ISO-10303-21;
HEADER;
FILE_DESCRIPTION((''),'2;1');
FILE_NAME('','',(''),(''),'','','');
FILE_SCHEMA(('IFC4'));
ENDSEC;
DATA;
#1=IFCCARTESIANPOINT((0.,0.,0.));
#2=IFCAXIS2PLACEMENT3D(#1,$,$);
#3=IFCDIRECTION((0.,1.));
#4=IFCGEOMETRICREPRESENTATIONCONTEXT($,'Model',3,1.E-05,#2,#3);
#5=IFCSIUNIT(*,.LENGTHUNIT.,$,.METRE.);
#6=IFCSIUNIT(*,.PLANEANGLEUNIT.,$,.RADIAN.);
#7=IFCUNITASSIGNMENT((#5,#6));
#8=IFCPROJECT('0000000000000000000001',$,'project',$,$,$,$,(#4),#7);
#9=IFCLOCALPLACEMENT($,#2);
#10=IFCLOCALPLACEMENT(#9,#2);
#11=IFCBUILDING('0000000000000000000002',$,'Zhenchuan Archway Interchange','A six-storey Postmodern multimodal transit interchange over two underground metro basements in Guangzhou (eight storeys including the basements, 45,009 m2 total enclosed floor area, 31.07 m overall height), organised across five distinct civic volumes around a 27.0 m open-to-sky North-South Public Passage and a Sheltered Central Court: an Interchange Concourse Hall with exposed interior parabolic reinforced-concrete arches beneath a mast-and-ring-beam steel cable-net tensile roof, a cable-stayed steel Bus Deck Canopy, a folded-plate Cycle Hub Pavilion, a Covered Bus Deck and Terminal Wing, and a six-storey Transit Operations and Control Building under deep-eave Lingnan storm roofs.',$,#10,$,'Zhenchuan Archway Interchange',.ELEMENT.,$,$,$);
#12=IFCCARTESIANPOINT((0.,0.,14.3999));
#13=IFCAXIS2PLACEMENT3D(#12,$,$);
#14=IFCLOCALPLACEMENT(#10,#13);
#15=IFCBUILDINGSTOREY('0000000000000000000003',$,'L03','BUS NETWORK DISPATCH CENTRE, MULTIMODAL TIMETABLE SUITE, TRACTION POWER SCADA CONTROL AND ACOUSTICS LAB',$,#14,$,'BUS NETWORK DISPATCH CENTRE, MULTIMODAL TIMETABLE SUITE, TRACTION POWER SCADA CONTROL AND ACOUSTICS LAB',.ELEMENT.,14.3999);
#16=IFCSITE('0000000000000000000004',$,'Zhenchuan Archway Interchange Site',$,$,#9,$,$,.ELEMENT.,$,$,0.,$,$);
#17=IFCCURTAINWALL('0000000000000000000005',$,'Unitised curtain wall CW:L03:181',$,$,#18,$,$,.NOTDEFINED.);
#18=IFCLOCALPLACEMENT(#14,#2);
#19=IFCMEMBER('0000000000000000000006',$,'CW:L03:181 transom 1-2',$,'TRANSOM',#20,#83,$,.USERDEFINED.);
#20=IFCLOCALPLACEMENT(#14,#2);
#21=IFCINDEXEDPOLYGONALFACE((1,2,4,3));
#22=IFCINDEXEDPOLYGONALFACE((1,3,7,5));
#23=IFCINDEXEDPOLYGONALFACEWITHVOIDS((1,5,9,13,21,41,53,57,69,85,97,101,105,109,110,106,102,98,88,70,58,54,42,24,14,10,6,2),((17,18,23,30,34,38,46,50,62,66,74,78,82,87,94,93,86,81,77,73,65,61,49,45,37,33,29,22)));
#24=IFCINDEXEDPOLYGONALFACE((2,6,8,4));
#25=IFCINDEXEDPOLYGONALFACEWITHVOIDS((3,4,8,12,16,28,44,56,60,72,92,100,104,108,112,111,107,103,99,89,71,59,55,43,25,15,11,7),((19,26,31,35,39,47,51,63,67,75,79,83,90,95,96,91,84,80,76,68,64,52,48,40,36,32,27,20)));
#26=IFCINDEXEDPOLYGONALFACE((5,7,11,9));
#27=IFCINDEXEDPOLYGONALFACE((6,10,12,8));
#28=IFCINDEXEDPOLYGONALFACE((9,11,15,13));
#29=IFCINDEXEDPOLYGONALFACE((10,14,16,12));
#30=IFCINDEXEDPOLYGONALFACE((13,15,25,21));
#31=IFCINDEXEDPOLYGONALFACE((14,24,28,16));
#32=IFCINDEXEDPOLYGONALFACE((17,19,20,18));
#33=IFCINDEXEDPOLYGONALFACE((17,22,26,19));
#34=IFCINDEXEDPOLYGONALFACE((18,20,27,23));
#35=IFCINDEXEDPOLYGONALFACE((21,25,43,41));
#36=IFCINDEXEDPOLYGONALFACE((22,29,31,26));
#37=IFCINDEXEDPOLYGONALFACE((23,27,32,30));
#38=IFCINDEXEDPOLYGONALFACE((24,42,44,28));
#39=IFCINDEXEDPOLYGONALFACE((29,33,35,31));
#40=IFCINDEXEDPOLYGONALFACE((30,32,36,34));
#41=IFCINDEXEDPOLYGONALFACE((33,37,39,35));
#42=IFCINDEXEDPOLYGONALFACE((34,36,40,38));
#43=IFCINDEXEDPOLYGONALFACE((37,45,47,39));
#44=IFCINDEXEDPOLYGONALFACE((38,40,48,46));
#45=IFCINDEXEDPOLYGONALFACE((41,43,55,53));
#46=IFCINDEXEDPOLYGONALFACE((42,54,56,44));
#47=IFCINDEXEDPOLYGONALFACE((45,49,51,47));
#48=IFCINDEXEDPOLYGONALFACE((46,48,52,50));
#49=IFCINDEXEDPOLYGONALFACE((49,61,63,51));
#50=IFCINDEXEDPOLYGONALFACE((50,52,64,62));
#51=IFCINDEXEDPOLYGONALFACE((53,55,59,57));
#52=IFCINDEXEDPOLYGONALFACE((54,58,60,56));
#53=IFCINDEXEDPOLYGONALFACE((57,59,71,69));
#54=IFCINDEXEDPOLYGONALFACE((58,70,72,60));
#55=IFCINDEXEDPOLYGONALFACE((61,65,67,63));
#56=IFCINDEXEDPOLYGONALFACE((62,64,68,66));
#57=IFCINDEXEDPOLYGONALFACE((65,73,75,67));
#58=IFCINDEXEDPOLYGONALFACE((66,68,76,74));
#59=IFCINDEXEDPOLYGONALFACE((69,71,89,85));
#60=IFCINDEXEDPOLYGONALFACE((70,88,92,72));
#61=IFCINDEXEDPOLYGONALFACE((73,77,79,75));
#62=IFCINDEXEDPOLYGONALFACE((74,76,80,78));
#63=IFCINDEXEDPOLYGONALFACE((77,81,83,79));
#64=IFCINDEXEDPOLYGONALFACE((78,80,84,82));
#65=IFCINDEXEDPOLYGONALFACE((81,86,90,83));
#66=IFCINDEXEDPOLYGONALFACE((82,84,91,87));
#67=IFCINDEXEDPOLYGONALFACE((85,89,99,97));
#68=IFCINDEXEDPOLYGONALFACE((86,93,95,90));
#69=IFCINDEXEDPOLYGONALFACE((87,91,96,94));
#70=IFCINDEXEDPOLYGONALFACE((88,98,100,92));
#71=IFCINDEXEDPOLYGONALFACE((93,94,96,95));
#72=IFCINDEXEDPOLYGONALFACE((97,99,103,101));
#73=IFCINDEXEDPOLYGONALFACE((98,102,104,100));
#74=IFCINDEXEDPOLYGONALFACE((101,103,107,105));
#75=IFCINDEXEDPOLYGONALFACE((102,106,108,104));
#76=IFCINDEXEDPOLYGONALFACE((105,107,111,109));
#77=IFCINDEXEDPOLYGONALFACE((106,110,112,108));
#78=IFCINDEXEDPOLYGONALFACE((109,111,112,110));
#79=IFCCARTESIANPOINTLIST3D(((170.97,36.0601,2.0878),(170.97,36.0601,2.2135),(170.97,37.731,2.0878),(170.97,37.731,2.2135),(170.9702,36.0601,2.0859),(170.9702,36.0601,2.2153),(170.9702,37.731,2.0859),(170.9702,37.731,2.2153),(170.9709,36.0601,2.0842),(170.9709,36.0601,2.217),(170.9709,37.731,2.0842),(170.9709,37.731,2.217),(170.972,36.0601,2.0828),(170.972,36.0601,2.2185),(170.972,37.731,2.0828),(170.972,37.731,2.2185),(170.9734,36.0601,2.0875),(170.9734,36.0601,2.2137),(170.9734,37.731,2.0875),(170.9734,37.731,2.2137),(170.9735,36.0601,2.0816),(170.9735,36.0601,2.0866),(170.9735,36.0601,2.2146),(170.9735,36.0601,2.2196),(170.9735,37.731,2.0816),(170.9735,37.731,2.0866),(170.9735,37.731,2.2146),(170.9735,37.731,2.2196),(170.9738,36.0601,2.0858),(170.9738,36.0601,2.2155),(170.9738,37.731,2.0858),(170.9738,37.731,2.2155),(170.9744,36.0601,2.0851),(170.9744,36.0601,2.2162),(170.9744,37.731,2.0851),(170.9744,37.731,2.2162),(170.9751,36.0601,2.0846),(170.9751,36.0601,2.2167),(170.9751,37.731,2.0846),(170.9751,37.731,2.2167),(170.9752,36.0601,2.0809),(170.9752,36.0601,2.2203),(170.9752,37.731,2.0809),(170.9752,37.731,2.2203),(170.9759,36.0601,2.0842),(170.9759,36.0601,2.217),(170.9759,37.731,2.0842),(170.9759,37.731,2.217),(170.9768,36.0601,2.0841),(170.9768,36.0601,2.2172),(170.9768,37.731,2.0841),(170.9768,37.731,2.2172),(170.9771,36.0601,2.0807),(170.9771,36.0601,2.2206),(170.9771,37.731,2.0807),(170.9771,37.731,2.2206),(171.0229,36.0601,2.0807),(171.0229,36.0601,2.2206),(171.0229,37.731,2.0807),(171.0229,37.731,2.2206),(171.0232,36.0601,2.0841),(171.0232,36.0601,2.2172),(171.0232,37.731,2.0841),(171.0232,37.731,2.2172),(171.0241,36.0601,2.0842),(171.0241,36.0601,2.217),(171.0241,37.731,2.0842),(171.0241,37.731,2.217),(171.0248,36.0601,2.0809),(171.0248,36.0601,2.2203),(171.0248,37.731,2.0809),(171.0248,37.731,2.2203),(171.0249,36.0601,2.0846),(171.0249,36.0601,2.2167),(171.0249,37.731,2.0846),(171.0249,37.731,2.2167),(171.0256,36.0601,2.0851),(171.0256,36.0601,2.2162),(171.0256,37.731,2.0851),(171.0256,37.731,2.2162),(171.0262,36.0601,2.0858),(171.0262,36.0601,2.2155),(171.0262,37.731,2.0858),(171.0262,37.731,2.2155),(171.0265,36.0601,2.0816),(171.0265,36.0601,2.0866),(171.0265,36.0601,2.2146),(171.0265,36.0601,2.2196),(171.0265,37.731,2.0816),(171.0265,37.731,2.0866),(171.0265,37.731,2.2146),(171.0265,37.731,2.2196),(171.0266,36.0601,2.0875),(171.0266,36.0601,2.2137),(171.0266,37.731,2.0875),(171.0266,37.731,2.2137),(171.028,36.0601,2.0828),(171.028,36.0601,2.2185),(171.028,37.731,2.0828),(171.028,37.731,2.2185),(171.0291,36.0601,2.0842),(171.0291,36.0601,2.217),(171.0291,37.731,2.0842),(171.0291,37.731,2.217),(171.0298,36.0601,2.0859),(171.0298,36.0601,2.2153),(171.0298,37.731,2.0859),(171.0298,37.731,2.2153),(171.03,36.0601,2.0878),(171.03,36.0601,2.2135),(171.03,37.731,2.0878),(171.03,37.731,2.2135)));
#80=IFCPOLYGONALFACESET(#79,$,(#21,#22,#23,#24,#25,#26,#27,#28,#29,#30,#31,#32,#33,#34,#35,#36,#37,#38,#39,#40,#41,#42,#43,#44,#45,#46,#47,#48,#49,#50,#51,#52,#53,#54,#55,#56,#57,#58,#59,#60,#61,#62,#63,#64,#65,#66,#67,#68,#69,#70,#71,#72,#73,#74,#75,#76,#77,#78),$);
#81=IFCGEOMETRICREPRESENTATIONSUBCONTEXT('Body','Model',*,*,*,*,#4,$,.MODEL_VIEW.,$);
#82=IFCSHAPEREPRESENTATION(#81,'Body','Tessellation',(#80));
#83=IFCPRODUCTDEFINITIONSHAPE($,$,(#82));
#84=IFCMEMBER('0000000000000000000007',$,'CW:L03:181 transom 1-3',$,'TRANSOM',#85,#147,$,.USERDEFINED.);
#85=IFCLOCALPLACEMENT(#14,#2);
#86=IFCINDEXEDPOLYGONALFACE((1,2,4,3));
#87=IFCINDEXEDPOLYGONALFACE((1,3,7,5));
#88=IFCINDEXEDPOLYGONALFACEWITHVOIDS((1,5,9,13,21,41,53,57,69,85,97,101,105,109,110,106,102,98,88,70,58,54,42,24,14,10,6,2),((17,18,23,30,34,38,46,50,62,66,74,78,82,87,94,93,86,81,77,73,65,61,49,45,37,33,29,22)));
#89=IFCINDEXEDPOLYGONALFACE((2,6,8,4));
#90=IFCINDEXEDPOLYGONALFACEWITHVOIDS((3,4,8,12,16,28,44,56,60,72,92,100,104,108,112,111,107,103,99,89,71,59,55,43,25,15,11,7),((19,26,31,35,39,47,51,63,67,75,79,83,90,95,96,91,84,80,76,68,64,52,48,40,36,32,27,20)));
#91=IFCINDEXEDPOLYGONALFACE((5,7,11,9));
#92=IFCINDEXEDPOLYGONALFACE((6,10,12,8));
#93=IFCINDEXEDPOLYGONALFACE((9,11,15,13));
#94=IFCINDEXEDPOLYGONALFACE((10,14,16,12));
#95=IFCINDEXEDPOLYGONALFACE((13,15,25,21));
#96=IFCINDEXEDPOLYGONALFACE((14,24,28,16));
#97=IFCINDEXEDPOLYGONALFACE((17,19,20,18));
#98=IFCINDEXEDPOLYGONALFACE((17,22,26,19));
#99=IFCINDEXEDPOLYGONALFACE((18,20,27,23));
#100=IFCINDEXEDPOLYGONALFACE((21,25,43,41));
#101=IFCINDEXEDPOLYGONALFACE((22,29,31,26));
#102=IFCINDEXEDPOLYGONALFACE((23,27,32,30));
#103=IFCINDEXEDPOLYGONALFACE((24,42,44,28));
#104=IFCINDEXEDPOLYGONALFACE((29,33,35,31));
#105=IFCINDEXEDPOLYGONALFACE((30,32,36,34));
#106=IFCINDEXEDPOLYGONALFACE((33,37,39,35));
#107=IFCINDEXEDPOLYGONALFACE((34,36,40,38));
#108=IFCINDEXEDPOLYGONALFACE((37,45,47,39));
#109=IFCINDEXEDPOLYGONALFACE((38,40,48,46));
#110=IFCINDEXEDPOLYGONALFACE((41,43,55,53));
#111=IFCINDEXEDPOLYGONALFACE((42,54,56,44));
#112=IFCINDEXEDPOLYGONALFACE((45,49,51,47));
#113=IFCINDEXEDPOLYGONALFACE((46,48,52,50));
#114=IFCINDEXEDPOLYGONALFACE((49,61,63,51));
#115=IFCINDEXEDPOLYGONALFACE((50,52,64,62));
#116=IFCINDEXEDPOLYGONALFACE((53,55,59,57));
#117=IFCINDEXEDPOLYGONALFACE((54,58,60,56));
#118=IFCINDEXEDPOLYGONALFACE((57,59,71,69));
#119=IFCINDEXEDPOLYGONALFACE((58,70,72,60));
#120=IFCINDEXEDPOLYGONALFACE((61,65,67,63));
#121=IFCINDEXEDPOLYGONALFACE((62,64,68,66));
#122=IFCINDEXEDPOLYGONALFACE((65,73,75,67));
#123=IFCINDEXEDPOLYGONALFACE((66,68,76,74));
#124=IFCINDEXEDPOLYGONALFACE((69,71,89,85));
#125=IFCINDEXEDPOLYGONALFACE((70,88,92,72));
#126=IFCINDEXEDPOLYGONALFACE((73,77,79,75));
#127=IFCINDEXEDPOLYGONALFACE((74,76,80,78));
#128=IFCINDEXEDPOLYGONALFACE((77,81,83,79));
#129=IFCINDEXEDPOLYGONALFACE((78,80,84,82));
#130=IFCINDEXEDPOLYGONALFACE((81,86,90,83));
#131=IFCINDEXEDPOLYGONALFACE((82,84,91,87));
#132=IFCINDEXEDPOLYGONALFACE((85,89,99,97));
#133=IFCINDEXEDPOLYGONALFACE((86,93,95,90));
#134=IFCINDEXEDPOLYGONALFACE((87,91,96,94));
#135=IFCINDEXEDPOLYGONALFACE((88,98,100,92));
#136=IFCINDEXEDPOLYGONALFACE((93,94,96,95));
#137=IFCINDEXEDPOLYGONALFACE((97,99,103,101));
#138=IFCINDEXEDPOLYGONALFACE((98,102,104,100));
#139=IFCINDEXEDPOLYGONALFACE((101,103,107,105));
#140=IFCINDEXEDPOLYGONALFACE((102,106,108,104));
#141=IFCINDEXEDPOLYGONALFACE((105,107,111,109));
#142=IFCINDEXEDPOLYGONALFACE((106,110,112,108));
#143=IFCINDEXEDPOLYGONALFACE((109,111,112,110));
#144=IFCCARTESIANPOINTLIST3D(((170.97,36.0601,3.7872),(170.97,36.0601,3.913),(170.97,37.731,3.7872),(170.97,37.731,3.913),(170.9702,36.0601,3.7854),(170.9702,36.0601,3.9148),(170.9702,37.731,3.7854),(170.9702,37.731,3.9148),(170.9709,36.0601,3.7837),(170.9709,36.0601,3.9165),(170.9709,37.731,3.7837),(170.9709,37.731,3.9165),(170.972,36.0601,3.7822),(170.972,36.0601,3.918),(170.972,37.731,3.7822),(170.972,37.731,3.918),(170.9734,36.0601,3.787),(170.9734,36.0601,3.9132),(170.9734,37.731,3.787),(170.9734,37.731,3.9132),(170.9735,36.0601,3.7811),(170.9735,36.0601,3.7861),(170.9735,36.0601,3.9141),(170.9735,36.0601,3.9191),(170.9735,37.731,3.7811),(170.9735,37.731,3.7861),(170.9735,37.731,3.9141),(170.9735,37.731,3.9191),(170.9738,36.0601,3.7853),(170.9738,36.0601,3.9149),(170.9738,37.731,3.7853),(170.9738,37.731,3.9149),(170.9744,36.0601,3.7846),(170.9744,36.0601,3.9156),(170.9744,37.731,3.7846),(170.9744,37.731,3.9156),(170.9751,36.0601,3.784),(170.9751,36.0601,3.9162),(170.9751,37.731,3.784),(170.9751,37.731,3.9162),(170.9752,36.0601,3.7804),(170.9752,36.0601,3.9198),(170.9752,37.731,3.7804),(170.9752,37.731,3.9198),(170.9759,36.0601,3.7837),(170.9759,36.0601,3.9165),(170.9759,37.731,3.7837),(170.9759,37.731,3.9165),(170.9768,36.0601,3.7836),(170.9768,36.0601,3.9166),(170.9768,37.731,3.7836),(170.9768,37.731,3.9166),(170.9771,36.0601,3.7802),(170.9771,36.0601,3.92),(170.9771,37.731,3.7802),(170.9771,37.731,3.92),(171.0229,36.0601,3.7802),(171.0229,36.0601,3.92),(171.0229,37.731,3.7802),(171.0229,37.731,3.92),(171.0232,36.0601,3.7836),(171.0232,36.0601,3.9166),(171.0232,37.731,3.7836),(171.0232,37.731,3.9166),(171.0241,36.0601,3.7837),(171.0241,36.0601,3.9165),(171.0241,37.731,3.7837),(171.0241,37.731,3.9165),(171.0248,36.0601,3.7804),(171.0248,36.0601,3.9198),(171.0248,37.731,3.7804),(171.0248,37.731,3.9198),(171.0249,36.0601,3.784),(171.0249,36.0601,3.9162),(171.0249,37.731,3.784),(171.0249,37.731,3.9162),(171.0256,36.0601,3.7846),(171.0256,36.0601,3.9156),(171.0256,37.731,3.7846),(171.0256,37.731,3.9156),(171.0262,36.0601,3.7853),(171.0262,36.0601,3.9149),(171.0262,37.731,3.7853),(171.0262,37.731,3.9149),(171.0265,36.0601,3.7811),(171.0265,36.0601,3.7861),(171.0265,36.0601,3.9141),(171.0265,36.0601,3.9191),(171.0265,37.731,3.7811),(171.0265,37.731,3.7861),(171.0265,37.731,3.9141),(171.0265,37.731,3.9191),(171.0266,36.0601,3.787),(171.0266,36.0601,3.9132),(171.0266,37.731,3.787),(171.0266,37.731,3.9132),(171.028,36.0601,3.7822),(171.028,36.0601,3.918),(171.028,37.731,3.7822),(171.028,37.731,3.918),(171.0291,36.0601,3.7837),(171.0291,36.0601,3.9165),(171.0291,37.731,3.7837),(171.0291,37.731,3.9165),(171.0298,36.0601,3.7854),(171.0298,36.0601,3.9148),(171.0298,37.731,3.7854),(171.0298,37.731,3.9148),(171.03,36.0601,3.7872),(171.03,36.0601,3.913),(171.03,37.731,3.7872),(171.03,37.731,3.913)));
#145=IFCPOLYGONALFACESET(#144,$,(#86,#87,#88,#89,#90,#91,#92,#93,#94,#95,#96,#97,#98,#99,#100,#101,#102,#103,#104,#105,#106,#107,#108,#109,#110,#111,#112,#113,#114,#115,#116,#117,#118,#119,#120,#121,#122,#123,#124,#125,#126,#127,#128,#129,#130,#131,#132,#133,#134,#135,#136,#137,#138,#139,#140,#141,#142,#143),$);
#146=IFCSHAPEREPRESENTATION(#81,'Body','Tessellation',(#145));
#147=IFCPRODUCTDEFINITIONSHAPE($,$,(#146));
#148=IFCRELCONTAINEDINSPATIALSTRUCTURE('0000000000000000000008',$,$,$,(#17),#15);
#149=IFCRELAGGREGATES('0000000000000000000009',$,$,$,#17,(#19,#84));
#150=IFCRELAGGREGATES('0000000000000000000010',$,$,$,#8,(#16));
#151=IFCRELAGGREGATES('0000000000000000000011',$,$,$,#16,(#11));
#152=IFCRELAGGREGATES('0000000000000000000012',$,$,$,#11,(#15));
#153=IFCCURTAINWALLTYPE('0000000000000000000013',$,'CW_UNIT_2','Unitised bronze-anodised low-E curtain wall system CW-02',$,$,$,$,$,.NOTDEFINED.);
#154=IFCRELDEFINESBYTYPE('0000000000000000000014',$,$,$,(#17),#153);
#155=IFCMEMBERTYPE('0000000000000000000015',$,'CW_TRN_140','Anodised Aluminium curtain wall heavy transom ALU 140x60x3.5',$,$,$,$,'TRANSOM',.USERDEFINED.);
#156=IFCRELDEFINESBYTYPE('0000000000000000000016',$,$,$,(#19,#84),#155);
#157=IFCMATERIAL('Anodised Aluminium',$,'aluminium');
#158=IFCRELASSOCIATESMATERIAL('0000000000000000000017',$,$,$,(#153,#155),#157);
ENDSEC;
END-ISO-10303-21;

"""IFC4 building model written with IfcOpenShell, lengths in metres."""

from ifc_helpers import new_model, si_unit, direction, frame, origin, origin_2d, place, context, subcontext, project, spatial, hollow_rectangle, extrude, material, material_profile, profile_set, type_object, element, aggregate, save


model = new_model("IFC4")

# Units and contexts
model_context = context("Model", 3, precision=1e-05, world=origin(), true_north=direction((0.0, 1.0)))
body_context = subcontext(model_context, "Body", "Model", "MODEL_VIEW")
ifc_project = project(units=[si_unit("LENGTHUNIT", "METRE"), si_unit("PLANEANGLEUNIT", "RADIAN")], contexts=[model_context])

# Site, building, storey
site_placement = place(None, origin())
site = spatial("IfcSite", under=ifc_project, at=site_placement, Name="Zhenchuan Archway Interchange Site", CompositionType="ELEMENT", RefElevation=0.0)
building_placement = place(site_placement, origin())
building = spatial("IfcBuilding", under=site, at=building_placement, Name="Zhenchuan Archway Interchange", Description="A six-storey Postmodern multimodal transit interchange over two underground metro basements in Guangzhou (eight storeys including the basements, 45,009 m2 total enclosed floor area, 31.07 m overall height), organised across five distinct civic volumes around a 27.0 m open-to-sky North-South Public Passage and a Sheltered Central Court: an Interchange Concourse Hall with exposed interior parabolic reinforced-concrete arches beneath a mast-and-ring-beam steel cable-net tensile roof, a cable-stayed steel Bus Deck Canopy, a folded-plate Cycle Hub Pavilion, a Covered Bus Deck and Terminal Wing, and a six-storey Transit Operations and Control Building under deep-eave Lingnan storm roofs.", LongName="Zhenchuan Archway Interchange", CompositionType="ELEMENT")
storey_placement = place(building_placement, frame((0.0, 0.0, 14.3999)))
storey = spatial("IfcBuildingStorey", under=building, at=storey_placement, Name="L03", Description="BUS NETWORK DISPATCH CENTRE, MULTIMODAL TIMETABLE SUITE, TRACTION POWER SCADA CONTROL AND ACOUSTICS LAB", LongName="BUS NETWORK DISPATCH CENTRE, MULTIMODAL TIMETABLE SUITE, TRACTION POWER SCADA CONTROL AND ACOUSTICS LAB", CompositionType="ELEMENT", Elevation=14.3999)

# Curtain wall
ifc_material_1 = material(Name="Anodised Aluminium", Category="aluminium")
curtain_wall_type_1 = type_object("IfcCurtainWallType", Name="CW_UNIT_2", Description="Unitised bronze-anodised low-E curtain wall system CW-02", PredefinedType="NOTDEFINED", material=ifc_material_1)
curtain_wall_1_placement = place(storey_placement, origin())
curtain_wall_1 = element("IfcCurtainWall", 1, at=curtain_wall_1_placement, inside=storey, type_object=curtain_wall_type_1, Name="Unitised curtain wall CW:L03:181", PredefinedType="NOTDEFINED")

# Members
ifc_material_profile_1 = material_profile(ifc_material_1, hollow_rectangle(XDim=0.0601, YDim=0.1399, WallThickness=0.0034, InnerFilletRadius=0.0034, OuterFilletRadius=0.0071, at=origin_2d()), Name="ALU 140x60x3.5")
ifc_profile_set_1 = profile_set([ifc_material_profile_1], Name="Anodised Aluminium")
member_type_1 = type_object("IfcMemberType", Name="CW_TRN_140", Description="Anodised Aluminium curtain wall heavy transom ALU 140x60x3.5", ElementType="TRANSOM", PredefinedType="USERDEFINED", material=ifc_profile_set_1)
member_1_placement = place(storey_placement, frame((171.0, 37.731, 2.1506), z_axis=(0.0, -1.0, 0.0), x_axis=(1.0, 0.0, 0.0)))
member_1 = element("IfcMember", 2, at=member_1_placement, type_object=member_type_1, Name="CW:L03:181 transom 1-2", ObjectType="TRANSOM", PredefinedType="USERDEFINED", context=body_context, shape_type="SweptSolid", body=[
    extrude(hollow_rectangle(XDim=0.0601, YDim=0.1399, WallThickness=0.0034, InnerFilletRadius=0.0034, OuterFilletRadius=0.0071, at=origin_2d()), origin(), (0.0, 0.0, 1.0), 1.6709),
])
member_2_placement = place(storey_placement, frame((171.0, 37.731, 3.8501), z_axis=(0.0, -1.0, 0.0), x_axis=(1.0, 0.0, 0.0)))
member_2 = element("IfcMember", 3, at=member_2_placement, type_object=member_type_1, Name="CW:L03:181 transom 1-3", ObjectType="TRANSOM", PredefinedType="USERDEFINED", context=body_context, shape_type="SweptSolid", body=[
    extrude(hollow_rectangle(XDim=0.0601, YDim=0.1399, WallThickness=0.0034, InnerFilletRadius=0.0034, OuterFilletRadius=0.0071, at=origin_2d()), origin(), (0.0, 0.0, 1.0), 1.6709),
])

aggregate(curtain_wall_1, [member_1, member_2])

save(model, "model.ifc")
